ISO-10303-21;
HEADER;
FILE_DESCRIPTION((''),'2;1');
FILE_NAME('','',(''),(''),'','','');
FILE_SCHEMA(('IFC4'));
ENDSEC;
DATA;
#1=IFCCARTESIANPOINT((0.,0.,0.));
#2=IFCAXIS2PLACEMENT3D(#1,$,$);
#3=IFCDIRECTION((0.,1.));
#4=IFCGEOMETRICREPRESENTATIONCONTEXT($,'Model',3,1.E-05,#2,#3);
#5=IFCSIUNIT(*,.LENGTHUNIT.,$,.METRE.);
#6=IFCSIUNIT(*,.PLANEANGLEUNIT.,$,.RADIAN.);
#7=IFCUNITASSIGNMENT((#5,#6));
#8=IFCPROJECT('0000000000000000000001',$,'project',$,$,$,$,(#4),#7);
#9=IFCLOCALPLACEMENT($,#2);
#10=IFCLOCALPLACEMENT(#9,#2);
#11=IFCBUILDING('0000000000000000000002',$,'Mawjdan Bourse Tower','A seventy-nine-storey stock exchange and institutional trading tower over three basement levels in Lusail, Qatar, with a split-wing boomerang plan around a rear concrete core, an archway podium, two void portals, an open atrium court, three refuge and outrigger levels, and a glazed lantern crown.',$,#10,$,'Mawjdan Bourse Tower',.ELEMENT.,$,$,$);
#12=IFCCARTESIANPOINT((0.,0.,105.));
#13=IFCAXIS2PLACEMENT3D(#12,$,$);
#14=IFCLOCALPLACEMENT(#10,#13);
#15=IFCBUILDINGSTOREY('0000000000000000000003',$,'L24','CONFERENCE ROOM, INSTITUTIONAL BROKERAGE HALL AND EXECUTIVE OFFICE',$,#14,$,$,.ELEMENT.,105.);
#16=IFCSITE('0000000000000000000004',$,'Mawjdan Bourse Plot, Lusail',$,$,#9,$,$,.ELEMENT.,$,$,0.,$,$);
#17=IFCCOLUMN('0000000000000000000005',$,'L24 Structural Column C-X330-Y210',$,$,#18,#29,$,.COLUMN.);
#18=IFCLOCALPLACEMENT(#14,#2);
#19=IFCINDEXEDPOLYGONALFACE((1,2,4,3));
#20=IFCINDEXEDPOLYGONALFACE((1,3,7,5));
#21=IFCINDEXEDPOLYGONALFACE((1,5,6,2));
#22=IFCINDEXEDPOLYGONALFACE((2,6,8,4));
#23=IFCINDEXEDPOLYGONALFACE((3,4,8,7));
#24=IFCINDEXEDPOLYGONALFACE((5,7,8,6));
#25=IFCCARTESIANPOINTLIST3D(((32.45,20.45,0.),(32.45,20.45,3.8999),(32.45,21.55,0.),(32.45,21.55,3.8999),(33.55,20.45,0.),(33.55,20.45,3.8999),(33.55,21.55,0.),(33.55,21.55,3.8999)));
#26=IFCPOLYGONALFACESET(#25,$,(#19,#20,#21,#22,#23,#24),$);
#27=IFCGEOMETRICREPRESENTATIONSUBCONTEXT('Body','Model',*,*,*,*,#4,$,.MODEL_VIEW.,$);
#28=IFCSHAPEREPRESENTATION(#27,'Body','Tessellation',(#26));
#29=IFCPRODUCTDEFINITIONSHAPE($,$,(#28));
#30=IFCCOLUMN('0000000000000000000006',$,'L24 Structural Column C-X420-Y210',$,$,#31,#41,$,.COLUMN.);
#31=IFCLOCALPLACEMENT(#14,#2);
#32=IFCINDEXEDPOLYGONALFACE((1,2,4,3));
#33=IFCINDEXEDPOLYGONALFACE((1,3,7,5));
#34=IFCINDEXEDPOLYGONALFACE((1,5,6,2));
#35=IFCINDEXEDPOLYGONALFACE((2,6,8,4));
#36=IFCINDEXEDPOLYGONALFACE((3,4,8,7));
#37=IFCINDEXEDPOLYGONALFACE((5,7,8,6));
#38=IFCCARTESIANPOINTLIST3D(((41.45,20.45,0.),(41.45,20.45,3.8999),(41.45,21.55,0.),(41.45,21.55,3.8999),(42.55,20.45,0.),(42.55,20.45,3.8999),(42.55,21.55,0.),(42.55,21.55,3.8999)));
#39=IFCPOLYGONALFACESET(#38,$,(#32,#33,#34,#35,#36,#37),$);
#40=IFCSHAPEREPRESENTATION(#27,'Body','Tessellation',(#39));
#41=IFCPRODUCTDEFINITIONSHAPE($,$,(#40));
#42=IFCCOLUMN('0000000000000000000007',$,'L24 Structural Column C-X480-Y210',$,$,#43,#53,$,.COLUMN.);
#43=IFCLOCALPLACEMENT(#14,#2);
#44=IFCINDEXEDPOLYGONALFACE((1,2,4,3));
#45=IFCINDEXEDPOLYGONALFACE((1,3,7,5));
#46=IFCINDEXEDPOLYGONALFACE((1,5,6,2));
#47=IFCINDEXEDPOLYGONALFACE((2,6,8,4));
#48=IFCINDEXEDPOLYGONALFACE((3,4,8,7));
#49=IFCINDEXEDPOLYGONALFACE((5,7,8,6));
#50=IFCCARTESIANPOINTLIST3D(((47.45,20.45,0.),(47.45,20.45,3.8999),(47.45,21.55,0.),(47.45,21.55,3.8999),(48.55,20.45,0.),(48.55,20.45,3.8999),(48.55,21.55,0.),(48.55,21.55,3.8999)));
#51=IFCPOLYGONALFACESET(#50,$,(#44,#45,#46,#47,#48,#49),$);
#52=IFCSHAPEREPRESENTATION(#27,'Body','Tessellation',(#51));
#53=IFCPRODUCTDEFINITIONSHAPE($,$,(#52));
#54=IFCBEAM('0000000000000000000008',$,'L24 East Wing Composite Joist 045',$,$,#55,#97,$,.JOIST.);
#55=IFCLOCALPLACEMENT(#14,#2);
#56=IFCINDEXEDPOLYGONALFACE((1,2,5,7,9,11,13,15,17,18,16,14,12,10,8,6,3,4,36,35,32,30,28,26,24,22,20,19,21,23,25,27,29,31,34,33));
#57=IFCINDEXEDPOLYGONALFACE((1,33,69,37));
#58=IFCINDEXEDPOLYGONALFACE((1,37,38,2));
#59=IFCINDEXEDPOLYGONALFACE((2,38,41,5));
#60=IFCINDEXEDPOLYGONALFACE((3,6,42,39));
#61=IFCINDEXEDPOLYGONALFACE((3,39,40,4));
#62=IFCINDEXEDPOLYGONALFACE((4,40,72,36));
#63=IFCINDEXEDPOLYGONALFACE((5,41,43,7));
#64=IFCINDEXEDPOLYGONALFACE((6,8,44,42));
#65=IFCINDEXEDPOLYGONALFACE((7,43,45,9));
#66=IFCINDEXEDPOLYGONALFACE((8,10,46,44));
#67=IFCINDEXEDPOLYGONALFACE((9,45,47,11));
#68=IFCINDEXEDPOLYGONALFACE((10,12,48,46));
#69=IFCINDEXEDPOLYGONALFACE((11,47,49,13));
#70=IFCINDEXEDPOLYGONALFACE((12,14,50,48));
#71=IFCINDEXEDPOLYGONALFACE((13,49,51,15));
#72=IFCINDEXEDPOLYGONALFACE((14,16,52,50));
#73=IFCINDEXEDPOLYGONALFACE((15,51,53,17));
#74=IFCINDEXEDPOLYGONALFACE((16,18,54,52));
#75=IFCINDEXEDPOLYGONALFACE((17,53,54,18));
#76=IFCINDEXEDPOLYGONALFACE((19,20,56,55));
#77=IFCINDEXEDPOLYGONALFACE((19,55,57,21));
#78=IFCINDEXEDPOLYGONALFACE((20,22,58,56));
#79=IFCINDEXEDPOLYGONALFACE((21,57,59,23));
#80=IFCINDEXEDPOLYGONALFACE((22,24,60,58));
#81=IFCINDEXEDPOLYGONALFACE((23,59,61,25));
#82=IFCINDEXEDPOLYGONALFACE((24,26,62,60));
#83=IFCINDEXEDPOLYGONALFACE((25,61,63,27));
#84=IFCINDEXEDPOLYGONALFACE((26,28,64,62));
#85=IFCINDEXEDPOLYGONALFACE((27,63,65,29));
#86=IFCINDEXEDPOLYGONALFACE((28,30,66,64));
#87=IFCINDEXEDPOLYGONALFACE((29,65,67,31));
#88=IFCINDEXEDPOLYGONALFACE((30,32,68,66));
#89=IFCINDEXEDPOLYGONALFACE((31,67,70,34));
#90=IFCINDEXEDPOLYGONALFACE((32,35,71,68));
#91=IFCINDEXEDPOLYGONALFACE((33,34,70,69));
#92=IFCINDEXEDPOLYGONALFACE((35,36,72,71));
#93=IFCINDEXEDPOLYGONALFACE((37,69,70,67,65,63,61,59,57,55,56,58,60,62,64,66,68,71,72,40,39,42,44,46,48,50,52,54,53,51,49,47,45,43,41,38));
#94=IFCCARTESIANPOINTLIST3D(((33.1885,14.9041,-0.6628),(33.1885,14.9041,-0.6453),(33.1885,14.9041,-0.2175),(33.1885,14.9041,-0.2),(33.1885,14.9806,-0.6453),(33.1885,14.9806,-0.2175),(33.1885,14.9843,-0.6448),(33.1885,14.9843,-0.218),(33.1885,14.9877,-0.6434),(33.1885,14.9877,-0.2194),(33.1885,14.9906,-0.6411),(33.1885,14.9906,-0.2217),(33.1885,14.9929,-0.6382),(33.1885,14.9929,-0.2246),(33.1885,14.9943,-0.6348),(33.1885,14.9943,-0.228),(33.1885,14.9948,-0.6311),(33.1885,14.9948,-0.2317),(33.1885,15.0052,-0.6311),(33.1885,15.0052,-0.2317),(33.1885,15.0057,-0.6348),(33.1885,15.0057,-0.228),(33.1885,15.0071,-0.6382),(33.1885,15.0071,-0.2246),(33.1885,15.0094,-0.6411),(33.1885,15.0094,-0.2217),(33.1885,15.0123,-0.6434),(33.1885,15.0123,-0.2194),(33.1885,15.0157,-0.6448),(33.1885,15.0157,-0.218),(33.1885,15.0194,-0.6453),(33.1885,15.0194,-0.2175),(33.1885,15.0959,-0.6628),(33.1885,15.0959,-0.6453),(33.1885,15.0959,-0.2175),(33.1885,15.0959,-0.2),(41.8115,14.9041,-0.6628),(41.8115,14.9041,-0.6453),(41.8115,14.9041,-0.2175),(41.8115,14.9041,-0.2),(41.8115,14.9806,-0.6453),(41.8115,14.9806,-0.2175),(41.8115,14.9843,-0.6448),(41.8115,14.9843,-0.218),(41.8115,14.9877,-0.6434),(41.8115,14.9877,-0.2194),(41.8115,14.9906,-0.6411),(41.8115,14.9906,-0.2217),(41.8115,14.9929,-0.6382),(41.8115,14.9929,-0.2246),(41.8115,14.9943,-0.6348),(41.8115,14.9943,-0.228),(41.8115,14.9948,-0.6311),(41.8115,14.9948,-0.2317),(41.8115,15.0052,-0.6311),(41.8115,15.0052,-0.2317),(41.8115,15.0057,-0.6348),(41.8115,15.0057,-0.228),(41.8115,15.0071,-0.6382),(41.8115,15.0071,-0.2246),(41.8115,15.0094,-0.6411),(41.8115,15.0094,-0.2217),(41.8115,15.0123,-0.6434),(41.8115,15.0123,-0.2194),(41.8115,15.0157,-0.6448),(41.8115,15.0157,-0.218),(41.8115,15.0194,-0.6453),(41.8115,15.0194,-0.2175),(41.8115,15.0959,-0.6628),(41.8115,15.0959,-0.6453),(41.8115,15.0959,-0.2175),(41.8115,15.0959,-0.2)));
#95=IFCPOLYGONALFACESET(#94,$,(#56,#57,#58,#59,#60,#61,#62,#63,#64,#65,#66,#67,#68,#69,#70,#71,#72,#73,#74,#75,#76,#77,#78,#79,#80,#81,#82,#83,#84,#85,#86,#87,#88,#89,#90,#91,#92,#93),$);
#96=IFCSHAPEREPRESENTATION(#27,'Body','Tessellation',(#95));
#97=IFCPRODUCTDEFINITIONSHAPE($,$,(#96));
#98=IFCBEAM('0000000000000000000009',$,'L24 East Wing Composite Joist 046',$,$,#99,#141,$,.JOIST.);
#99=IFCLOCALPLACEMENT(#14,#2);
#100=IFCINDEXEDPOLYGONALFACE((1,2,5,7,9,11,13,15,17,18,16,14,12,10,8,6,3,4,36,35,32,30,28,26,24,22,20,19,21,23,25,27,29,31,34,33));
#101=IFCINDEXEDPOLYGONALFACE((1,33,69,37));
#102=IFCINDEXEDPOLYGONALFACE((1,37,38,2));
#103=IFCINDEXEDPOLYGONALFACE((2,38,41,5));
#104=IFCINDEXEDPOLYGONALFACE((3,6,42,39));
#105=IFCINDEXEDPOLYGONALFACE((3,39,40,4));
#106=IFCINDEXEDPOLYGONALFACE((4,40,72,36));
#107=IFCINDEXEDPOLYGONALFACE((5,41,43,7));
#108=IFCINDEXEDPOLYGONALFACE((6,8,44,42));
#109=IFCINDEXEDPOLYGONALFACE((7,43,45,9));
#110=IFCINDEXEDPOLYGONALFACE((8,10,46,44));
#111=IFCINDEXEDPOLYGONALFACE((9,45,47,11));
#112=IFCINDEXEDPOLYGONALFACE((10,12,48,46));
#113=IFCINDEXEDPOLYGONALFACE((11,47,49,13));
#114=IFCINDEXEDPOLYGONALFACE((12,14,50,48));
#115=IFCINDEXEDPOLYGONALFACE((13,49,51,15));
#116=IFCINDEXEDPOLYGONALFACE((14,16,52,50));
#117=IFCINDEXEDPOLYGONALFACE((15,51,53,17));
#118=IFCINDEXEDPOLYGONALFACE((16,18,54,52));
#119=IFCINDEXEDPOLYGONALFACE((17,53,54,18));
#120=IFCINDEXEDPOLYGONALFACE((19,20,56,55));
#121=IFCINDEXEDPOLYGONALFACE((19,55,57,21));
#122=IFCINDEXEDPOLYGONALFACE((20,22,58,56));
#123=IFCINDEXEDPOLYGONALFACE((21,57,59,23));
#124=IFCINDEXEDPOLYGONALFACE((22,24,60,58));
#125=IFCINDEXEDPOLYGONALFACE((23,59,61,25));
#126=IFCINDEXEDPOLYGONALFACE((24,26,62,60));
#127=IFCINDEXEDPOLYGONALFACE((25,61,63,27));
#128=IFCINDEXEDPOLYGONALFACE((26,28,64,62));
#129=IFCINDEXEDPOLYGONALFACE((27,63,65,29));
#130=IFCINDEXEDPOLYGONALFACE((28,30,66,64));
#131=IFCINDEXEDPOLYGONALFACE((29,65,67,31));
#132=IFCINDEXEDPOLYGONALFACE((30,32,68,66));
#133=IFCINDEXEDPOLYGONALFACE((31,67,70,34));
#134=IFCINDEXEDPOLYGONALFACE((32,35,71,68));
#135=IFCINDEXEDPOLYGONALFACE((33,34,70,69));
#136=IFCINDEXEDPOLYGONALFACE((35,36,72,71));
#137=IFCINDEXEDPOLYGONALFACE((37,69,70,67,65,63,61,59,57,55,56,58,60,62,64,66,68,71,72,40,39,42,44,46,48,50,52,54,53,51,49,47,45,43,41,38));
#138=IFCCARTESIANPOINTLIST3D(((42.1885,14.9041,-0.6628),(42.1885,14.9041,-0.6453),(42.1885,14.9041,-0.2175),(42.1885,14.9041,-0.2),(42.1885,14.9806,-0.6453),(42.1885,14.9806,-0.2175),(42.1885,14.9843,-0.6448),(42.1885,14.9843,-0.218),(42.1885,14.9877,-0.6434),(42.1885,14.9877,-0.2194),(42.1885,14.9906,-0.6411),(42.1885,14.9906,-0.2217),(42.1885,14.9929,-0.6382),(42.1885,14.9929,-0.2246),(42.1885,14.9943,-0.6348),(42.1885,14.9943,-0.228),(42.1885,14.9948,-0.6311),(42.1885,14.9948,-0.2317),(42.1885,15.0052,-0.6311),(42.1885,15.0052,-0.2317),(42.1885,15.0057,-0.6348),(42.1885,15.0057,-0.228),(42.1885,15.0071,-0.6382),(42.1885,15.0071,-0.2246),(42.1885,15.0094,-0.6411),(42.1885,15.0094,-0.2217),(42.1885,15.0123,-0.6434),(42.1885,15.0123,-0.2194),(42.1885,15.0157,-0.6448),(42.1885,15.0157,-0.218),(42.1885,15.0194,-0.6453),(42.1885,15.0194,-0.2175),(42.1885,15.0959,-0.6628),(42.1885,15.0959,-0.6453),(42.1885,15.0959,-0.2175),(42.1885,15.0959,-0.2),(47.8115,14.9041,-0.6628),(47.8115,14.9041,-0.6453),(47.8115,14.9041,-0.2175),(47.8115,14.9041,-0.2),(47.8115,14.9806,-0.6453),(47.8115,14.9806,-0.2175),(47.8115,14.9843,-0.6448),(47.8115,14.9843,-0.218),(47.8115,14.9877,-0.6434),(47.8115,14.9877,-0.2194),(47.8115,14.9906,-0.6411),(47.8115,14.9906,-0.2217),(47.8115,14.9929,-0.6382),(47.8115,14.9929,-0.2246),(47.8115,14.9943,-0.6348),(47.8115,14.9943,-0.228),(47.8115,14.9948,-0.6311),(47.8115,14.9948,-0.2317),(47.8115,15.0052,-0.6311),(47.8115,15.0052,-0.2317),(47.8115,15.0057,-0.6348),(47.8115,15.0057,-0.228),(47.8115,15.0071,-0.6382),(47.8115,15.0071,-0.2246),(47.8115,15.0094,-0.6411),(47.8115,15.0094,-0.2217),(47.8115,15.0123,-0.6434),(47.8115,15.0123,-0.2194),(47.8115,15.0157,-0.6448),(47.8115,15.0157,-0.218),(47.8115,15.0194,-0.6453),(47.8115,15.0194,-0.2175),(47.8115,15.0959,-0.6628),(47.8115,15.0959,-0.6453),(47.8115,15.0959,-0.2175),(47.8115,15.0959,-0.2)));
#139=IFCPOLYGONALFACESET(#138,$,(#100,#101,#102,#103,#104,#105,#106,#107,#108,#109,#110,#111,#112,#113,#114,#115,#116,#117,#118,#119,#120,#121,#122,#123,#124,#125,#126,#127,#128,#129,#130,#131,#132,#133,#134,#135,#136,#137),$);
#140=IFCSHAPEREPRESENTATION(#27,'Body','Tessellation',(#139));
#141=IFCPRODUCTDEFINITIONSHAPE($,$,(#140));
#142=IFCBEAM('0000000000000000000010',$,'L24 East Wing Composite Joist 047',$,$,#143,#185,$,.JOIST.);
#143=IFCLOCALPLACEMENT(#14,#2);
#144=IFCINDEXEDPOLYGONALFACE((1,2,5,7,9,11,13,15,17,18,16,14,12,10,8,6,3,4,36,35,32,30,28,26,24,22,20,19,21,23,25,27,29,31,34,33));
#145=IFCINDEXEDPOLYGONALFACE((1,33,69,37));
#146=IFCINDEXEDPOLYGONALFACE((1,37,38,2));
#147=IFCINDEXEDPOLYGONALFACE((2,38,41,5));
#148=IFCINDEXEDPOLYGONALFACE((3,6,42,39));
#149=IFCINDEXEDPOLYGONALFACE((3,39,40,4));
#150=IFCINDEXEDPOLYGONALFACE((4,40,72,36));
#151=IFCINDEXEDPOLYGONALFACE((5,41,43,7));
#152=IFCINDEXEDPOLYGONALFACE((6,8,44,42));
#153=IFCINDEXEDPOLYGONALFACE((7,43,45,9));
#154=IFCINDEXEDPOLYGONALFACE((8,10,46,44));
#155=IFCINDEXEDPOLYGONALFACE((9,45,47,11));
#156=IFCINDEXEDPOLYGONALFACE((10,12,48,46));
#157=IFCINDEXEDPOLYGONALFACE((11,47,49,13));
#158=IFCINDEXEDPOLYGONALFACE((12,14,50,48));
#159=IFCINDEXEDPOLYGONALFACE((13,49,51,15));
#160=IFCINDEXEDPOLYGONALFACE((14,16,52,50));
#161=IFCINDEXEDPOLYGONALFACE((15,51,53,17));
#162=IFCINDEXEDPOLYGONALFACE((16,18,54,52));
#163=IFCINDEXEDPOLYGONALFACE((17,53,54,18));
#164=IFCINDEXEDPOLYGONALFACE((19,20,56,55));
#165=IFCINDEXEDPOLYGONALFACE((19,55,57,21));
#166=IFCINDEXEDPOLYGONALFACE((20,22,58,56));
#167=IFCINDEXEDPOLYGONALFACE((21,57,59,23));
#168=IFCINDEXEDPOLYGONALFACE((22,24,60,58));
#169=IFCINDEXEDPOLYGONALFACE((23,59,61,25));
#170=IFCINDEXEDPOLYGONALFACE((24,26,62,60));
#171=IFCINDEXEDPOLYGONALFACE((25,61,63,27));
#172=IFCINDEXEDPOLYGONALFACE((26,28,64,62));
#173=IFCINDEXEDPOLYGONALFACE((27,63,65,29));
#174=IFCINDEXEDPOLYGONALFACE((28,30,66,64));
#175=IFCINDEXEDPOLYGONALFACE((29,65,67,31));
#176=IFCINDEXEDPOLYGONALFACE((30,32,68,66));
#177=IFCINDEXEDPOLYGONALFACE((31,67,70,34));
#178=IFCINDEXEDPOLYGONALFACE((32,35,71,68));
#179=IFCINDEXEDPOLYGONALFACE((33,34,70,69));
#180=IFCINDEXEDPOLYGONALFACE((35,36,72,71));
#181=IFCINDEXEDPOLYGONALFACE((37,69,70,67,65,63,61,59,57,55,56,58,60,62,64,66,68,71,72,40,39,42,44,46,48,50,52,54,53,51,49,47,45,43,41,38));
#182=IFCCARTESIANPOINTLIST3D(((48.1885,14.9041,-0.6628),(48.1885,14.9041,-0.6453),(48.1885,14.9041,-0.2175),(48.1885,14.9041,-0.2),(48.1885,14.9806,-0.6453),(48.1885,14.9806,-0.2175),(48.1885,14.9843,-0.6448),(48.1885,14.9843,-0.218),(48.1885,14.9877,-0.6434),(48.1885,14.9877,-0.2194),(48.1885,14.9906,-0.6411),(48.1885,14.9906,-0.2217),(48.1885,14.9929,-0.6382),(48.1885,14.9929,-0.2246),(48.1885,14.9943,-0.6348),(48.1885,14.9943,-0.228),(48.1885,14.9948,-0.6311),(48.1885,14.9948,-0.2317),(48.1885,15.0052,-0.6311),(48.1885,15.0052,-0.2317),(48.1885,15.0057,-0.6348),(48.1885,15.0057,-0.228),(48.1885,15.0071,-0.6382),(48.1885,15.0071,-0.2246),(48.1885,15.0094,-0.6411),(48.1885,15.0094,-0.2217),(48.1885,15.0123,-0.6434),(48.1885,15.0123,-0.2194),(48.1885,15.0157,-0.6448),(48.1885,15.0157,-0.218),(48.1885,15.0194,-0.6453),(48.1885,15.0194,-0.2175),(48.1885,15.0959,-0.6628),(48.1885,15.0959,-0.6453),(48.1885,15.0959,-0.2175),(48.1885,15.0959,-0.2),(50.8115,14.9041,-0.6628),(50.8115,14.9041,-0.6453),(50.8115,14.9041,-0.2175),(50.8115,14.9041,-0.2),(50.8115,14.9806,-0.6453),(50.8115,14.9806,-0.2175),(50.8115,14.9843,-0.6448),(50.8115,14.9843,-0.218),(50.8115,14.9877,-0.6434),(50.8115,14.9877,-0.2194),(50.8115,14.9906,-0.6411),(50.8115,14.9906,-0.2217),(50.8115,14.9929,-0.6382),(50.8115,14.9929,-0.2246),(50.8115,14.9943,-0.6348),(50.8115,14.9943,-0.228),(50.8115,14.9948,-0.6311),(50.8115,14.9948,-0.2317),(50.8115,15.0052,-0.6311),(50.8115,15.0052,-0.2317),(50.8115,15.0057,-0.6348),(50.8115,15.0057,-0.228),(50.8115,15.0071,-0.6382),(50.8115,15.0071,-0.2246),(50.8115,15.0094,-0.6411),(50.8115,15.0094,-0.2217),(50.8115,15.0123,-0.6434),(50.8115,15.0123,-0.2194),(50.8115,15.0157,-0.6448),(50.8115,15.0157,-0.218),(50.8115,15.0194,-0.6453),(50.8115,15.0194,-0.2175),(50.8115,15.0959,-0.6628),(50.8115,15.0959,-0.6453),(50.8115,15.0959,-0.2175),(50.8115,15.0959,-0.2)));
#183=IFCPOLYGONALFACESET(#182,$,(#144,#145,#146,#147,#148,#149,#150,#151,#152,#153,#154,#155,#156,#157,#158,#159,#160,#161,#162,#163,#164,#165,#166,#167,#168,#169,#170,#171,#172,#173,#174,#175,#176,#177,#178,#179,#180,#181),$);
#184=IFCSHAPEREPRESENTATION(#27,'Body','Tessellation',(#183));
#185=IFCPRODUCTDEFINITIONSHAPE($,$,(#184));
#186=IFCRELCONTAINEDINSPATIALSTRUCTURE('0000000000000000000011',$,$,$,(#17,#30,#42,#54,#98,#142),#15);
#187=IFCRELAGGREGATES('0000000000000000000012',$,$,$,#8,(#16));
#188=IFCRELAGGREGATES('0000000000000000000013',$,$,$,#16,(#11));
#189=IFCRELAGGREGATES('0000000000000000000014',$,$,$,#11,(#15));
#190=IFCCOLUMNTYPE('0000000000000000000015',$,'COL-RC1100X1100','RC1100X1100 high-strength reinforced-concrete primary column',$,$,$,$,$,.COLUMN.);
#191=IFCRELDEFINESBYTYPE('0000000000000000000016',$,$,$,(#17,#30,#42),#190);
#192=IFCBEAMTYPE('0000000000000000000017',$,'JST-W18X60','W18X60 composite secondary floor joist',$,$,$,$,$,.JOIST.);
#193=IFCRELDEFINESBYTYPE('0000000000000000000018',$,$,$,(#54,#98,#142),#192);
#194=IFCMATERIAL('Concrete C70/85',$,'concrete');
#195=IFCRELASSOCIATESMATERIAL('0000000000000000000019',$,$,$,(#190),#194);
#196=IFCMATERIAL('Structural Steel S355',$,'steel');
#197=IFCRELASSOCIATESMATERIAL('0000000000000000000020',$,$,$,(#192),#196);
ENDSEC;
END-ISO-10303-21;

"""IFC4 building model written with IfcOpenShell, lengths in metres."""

from ifc_helpers import new_model, si_unit, direction, frame, origin, origin_2d, place, context, subcontext, project, spatial, rectangle, i_section, extrude, material, material_profile, profile_set, type_object, element, save


model = new_model("IFC4")

# Units and contexts
model_context = context("Model", 3, precision=1e-05, world=origin(), true_north=direction((0.0, 1.0)))
body_context = subcontext(model_context, "Body", "Model", "MODEL_VIEW")
ifc_project = project(units=[si_unit("LENGTHUNIT", "METRE"), si_unit("PLANEANGLEUNIT", "RADIAN")], contexts=[model_context])

# Site, building, storey
site_placement = place(None, origin())
site = spatial("IfcSite", under=ifc_project, at=site_placement, Name="Mawjdan Bourse Plot, Lusail", CompositionType="ELEMENT", RefElevation=0.0)
building_placement = place(site_placement, origin())
building = spatial("IfcBuilding", under=site, at=building_placement, Name="Mawjdan Bourse Tower", Description="A seventy-nine-storey stock exchange and institutional trading tower over three basement levels in Lusail, Qatar, with a split-wing boomerang plan around a rear concrete core, an archway podium, two void portals, an open atrium court, three refuge and outrigger levels, and a glazed lantern crown.", LongName="Mawjdan Bourse Tower", CompositionType="ELEMENT")
storey_placement = place(building_placement, frame((0.0, 0.0, 105.0)))
storey = spatial("IfcBuildingStorey", under=building, at=storey_placement, Name="L24", Description="CONFERENCE ROOM, INSTITUTIONAL BROKERAGE HALL AND EXECUTIVE OFFICE", CompositionType="ELEMENT", Elevation=105.0)

# Columns
ifc_material_1 = material(Name="Concrete C70/85", Category="concrete")
ifc_material_profile_1 = material_profile(ifc_material_1, rectangle(XDim=1.1001, YDim=1.1001, at=origin_2d()), Name="RC1100X1100")
ifc_profile_set_1 = profile_set([ifc_material_profile_1], Name="Concrete C70/85")
column_type = type_object("IfcColumnType", Name="COL-RC1100X1100", Description="RC1100X1100 high-strength reinforced-concrete primary column", PredefinedType="COLUMN", material=ifc_profile_set_1)
for number, where, z_axis, x_axis, name in (
    (1, (33.0, 21.0, 0.0), (0.0, 0.0, 1.0), (1.0, 0.0, 0.0), "L24 Structural Column C-X330-Y210"),
    (2, (42.0, 21.0, 0.0), (0.0, 0.0, 1.0), (1.0, 0.0, 0.0), "L24 Structural Column C-X420-Y210"),
    (3, (48.0, 21.0, 0.0), (0.0, 0.0, 1.0), (1.0, 0.0, 0.0), "L24 Structural Column C-X480-Y210"),
):
    element("IfcColumn", number, at=place(storey_placement, frame(where, z_axis=z_axis, x_axis=x_axis)), inside=storey, type_object=column_type, Name=name, PredefinedType="COLUMN", context=body_context, shape_type="SweptSolid", body=[
        extrude(rectangle(XDim=1.1001, YDim=1.1001, at=origin_2d()), origin(), (0.0, 0.0, 1.0), 3.8999),
    ])

# Beams
ifc_material_2 = material(Name="Structural Steel S355", Category="steel")
ifc_material_profile_2 = material_profile(ifc_material_2, i_section(OverallWidth=0.1919, OverallDepth=0.4629, WebThickness=0.0105, FlangeThickness=0.0176, FilletRadius=0.0142, at=origin_2d()), Name="W18X60")
ifc_profile_set_2 = profile_set([ifc_material_profile_2], Name="Structural Steel S355")
beam_type_1 = type_object("IfcBeamType", Name="JST-W18X60", Description="W18X60 composite secondary floor joist", PredefinedType="JOIST", material=ifc_profile_set_2)
beam_1_placement = place(storey_placement, frame((33.1885, 15.0, -0.4314), z_axis=(1.0, 0.0, 0.0), x_axis=(0.0, 1.0, 0.0)))
element("IfcBeam", 4, at=beam_1_placement, inside=storey, type_object=beam_type_1, Name="L24 East Wing Composite Joist 045", PredefinedType="JOIST", context=body_context, shape_type="SweptSolid", body=[
    extrude(i_section(OverallWidth=0.1919, OverallDepth=0.4629, WebThickness=0.0105, FlangeThickness=0.0176, FilletRadius=0.0142, at=origin_2d()), origin(), (0.0, 0.0, 1.0), 8.623),
])
beam_2_placement = place(storey_placement, frame((42.1885, 15.0, -0.4314), z_axis=(1.0, 0.0, 0.0), x_axis=(0.0, 1.0, 0.0)))
element("IfcBeam", 5, at=beam_2_placement, inside=storey, type_object=beam_type_1, Name="L24 East Wing Composite Joist 046", PredefinedType="JOIST", context=body_context, shape_type="SweptSolid", body=[
    extrude(i_section(OverallWidth=0.1919, OverallDepth=0.4629, WebThickness=0.0105, FlangeThickness=0.0176, FilletRadius=0.0142, at=origin_2d()), origin(), (0.0, 0.0, 1.0), 5.623),
])
beam_3_placement = place(storey_placement, frame((48.1885, 15.0, -0.4314), z_axis=(1.0, 0.0, 0.0), x_axis=(0.0, 1.0, 0.0)))
element("IfcBeam", 6, at=beam_3_placement, inside=storey, type_object=beam_type_1, Name="L24 East Wing Composite Joist 047", PredefinedType="JOIST", context=body_context, shape_type="SweptSolid", body=[
    extrude(i_section(OverallWidth=0.1919, OverallDepth=0.4629, WebThickness=0.0105, FlangeThickness=0.0176, FilletRadius=0.0142, at=origin_2d()), origin(), (0.0, 0.0, 1.0), 2.623),
])

save(model, "model.ifc")
